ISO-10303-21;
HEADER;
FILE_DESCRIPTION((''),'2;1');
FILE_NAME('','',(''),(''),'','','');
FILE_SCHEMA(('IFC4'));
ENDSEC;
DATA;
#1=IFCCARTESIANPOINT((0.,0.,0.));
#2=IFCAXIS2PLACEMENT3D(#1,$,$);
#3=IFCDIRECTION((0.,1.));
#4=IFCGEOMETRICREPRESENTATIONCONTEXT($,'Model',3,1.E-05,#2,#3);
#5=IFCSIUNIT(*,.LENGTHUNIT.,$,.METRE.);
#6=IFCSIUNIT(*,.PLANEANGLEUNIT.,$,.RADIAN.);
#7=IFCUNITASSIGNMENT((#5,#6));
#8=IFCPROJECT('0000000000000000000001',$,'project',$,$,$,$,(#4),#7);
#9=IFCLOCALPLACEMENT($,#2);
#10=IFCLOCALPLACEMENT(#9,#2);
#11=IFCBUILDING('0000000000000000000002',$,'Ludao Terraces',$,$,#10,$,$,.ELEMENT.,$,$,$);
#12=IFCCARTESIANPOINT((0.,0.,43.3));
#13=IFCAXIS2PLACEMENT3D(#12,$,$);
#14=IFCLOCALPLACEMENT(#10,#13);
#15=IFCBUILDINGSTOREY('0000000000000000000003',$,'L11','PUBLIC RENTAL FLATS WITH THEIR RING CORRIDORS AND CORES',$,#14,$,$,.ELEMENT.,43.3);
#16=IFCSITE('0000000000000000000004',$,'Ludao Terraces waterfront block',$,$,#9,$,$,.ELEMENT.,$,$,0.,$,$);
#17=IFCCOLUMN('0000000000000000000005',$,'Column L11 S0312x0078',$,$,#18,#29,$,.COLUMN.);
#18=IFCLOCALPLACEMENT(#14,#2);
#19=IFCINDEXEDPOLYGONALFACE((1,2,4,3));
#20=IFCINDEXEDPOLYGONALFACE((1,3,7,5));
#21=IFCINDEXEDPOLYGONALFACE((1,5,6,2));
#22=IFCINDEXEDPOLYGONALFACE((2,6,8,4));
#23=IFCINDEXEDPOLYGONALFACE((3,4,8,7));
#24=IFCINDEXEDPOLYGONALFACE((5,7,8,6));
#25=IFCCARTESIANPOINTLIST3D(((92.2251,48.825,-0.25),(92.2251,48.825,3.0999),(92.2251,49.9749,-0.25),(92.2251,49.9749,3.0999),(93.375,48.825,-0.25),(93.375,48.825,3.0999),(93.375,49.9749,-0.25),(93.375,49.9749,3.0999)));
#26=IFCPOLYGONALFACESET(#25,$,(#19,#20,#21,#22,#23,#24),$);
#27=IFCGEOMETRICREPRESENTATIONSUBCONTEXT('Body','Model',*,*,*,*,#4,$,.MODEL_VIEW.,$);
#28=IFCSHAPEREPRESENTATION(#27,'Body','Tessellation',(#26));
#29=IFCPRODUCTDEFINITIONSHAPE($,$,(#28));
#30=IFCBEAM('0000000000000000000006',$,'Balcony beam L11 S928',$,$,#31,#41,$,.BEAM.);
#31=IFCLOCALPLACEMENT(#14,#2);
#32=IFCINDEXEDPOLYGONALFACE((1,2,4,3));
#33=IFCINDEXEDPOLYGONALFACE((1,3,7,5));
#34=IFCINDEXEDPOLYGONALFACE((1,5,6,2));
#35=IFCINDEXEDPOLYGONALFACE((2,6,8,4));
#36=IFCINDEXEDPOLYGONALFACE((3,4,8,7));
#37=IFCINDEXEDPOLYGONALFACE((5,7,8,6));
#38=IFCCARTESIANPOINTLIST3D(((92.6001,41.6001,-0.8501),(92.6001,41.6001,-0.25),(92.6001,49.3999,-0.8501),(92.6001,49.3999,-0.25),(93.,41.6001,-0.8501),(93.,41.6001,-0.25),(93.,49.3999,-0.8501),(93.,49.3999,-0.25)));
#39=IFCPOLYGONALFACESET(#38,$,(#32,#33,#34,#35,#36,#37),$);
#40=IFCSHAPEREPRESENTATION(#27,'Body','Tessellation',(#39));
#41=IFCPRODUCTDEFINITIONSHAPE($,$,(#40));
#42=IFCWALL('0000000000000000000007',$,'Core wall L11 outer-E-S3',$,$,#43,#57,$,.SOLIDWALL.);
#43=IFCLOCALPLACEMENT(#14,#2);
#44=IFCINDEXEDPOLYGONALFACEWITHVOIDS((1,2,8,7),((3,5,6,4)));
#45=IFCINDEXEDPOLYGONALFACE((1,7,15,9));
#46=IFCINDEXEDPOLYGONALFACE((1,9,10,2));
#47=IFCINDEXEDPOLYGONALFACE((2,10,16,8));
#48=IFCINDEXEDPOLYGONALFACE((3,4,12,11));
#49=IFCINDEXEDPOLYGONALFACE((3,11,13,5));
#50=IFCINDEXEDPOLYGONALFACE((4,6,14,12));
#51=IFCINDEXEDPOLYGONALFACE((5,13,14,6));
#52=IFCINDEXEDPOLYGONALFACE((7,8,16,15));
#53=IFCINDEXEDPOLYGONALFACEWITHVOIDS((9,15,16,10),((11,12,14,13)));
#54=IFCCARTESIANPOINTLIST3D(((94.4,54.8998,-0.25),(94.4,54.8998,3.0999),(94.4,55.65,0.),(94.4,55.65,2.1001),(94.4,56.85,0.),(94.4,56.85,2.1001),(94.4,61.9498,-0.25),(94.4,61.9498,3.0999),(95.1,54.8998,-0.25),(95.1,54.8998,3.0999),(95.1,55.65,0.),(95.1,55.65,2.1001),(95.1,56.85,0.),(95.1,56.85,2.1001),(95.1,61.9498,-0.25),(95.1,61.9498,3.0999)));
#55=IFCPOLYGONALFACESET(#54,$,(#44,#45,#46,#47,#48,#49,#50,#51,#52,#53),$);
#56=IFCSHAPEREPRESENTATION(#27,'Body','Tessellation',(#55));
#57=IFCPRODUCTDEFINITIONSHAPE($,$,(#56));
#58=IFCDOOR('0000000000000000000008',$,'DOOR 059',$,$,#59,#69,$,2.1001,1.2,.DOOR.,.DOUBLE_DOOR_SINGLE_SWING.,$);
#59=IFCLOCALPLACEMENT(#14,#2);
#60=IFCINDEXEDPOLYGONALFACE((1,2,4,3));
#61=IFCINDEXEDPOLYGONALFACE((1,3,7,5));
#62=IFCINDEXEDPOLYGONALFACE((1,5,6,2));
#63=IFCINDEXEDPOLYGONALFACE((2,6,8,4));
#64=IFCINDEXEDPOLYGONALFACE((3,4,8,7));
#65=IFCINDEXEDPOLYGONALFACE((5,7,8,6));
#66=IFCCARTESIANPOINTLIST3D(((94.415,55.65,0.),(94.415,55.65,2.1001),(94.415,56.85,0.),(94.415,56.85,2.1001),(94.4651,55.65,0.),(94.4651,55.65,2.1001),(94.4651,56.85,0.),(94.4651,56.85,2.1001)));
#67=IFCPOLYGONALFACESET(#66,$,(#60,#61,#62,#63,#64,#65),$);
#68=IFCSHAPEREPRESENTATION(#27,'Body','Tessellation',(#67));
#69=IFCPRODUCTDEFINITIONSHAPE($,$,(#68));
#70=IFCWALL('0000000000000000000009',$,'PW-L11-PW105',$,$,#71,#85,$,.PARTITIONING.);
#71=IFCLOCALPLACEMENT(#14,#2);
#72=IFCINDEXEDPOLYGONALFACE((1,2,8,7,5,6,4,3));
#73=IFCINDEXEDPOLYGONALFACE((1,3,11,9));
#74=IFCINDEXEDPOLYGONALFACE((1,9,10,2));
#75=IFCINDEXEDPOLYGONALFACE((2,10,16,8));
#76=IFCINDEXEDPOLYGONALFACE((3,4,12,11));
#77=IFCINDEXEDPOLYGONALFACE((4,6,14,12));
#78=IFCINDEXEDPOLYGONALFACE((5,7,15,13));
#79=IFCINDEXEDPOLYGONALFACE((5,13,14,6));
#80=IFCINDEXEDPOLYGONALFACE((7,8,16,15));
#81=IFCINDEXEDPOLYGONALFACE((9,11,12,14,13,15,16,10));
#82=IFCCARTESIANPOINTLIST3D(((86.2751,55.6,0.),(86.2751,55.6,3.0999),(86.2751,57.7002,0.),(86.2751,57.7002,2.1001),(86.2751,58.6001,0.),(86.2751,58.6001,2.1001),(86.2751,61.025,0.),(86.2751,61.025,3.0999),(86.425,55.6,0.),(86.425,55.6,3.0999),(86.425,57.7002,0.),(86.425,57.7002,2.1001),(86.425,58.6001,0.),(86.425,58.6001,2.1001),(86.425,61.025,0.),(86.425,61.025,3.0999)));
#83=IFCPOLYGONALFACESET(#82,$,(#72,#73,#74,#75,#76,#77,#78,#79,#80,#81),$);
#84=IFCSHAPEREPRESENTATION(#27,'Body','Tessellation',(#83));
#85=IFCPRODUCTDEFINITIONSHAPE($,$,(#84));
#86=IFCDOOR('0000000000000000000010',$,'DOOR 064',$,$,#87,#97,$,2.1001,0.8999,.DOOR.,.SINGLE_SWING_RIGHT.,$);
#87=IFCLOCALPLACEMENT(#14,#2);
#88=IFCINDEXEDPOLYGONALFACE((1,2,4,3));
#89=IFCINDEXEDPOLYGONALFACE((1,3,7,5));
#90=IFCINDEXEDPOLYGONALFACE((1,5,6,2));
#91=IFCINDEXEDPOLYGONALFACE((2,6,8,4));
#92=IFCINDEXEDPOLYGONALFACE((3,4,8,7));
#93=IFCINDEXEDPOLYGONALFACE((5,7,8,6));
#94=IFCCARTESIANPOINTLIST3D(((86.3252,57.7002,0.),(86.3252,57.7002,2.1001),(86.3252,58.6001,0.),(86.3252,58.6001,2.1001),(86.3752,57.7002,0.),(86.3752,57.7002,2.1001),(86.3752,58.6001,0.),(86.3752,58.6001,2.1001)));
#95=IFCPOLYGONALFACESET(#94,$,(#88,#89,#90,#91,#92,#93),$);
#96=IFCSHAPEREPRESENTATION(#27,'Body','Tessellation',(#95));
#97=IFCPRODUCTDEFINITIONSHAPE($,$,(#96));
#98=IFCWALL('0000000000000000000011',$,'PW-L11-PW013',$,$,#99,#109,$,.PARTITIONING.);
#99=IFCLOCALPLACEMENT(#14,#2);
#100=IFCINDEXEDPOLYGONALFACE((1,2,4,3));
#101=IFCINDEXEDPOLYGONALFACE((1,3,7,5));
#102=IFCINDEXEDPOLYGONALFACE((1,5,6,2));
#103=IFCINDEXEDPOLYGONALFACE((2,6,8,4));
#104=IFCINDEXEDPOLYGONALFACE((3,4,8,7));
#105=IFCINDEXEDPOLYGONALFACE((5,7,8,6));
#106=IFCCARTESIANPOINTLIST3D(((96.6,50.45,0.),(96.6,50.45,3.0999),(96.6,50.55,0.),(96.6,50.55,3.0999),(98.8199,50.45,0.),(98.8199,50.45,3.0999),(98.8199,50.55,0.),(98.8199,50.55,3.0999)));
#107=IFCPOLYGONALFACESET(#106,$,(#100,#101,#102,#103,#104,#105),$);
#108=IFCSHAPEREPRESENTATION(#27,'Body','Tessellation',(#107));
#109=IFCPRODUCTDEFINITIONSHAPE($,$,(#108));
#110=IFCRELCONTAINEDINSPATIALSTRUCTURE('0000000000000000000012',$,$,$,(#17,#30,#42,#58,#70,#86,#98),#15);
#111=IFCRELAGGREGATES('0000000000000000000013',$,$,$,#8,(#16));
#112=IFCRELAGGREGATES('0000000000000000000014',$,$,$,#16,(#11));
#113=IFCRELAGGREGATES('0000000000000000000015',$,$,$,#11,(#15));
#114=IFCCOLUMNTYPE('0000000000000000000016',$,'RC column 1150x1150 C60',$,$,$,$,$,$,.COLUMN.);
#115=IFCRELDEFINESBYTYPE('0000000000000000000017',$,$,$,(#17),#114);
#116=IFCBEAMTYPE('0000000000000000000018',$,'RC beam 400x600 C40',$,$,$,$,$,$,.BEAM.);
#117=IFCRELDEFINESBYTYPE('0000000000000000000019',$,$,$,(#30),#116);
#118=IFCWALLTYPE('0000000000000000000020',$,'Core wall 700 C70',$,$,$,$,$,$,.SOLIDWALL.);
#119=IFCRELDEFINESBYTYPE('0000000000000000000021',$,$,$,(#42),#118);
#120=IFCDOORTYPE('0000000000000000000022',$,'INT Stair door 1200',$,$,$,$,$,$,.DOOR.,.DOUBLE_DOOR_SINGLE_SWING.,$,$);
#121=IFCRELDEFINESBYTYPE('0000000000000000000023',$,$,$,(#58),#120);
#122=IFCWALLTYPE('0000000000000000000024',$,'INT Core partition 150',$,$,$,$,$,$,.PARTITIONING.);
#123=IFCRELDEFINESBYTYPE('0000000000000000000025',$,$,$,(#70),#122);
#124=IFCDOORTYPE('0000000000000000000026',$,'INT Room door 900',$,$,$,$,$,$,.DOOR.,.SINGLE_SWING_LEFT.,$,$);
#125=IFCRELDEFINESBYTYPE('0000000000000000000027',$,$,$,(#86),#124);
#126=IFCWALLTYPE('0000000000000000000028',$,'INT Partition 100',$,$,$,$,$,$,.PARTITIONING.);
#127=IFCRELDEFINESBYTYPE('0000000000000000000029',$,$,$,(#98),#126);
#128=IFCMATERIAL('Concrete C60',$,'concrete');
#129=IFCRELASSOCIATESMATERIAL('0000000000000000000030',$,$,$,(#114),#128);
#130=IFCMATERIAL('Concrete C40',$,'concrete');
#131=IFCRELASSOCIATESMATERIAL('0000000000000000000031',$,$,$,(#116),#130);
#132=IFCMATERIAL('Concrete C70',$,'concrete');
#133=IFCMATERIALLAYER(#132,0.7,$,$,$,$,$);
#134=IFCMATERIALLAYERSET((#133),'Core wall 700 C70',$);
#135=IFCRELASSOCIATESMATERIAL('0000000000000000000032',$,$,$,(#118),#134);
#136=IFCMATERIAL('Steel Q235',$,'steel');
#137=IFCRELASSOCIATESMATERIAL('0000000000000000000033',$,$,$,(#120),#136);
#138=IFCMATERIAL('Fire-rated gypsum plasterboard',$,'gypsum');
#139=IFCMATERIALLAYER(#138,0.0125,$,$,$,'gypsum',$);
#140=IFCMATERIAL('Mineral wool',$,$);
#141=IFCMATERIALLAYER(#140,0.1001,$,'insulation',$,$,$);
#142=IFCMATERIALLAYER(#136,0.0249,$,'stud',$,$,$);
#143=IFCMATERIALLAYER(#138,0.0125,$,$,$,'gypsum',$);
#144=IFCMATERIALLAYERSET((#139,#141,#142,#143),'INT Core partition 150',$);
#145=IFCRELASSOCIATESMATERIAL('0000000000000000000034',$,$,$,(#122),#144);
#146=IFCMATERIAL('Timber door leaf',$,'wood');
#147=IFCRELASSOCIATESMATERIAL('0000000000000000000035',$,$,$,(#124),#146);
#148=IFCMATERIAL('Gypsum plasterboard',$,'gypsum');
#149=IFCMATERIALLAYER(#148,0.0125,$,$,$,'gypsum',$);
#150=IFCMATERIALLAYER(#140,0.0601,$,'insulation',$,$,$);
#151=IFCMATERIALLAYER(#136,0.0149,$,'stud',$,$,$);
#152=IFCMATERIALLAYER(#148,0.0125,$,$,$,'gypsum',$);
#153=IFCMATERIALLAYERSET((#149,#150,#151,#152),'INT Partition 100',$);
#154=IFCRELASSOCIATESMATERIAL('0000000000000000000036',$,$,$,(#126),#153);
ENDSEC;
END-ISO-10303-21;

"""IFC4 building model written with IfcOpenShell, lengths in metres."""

from ifc_helpers import new_model, si_unit, direction, frame, frame_2d, origin, origin_2d, place, context, subcontext, project, spatial, rectangle, extrude, material, layer, layer_set, material_profile, profile_set, type_object, element, fill, save


model = new_model("IFC4")

# Units and contexts
model_context = context("Model", 3, precision=1e-05, world=origin(), true_north=direction((0.0, 1.0)))
body_context = subcontext(model_context, "Body", "Model", "MODEL_VIEW")
ifc_project = project(units=[si_unit("LENGTHUNIT", "METRE"), si_unit("PLANEANGLEUNIT", "RADIAN")], contexts=[model_context])

# Site, building, storey
site_placement = place(None, origin())
site = spatial("IfcSite", under=ifc_project, at=site_placement, Name="Ludao Terraces waterfront block", CompositionType="ELEMENT", RefElevation=0.0)
building_placement = place(site_placement, origin())
building = spatial("IfcBuilding", under=site, at=building_placement, Name="Ludao Terraces", CompositionType="ELEMENT")
storey_placement = place(building_placement, frame((0.0, 0.0, 43.3)))
storey = spatial("IfcBuildingStorey", under=building, at=storey_placement, Name="L11", Description="PUBLIC RENTAL FLATS WITH THEIR RING CORRIDORS AND CORES", CompositionType="ELEMENT", Elevation=43.3)

# Column
ifc_material_1 = material(Name="Concrete C60", Category="concrete")
ifc_material_profile_1 = material_profile(ifc_material_1, rectangle(XDim=1.1499, YDim=1.1499, at=origin_2d()), Name="1150 X 1150")
ifc_profile_set_1 = profile_set([ifc_material_profile_1], Name="Concrete C60")
column_type = type_object("IfcColumnType", Name="RC column 1150x1150 C60", PredefinedType="COLUMN", material=ifc_profile_set_1)
column_placement = place(storey_placement, frame((92.8, 49.3999, -0.25), z_axis=(0.0, 0.0, 1.0), x_axis=(1.0, 0.0, 0.0)))
element("IfcColumn", 1, at=column_placement, inside=storey, type_object=column_type, Name="Column L11 S0312x0078", PredefinedType="COLUMN", context=body_context, shape_type="SweptSolid", body=[
    extrude(rectangle(XDim=1.1499, YDim=1.1499, at=origin_2d()), origin(), (0.0, 0.0, 1.0), 3.3499),
])

# Beam
ifc_material_2 = material(Name="Concrete C40", Category="concrete")
ifc_material_profile_2 = material_profile(ifc_material_2, rectangle(XDim=0.3999, YDim=0.6001, at=origin_2d()), Name="400 X 600")
ifc_profile_set_2 = profile_set([ifc_material_profile_2], Name="Concrete C40")
beam_type = type_object("IfcBeamType", Name="RC beam 400x600 C40", PredefinedType="BEAM", material=ifc_profile_set_2)
beam_placement = place(storey_placement, frame((92.8, 49.3999, -0.55), z_axis=(0.0, -1.0, 0.0), x_axis=(1.0, 0.0, 0.0)))
element("IfcBeam", 2, at=beam_placement, inside=storey, type_object=beam_type, Name="Balcony beam L11 S928", PredefinedType="BEAM", context=body_context, shape_type="SweptSolid", body=[
    extrude(rectangle(XDim=0.3999, YDim=0.6001, at=origin_2d()), origin(), (0.0, 0.0, 1.0), 7.7998),
])

# Walls, openings, doors
ifc_material_3 = material(Name="Concrete C70", Category="concrete")
ifc_layer_1 = layer(ifc_material_3, 0.7)
ifc_layer_set_1 = layer_set([ifc_layer_1], Name="Core wall 700 C70")
wall_type_1 = type_object("IfcWallType", Name="Core wall 700 C70", PredefinedType="SOLIDWALL", material=ifc_layer_set_1)
wall_1_placement = place(storey_placement, frame((94.75, 54.8999, -0.25), z_axis=(0.0, 0.0, 1.0), x_axis=(0.0, 1.0, 0.0)))
wall_1 = element("IfcWall", 3, at=wall_1_placement, inside=storey, type_object=wall_type_1, Name="Core wall L11 outer-E-S3", PredefinedType="SOLIDWALL", context=body_context, shape_type="SweptSolid", body=[
    extrude(rectangle(XDim=7.05, YDim=0.7, at=frame_2d((3.5249, 0.0))), origin(), (0.0, 0.0, 1.0), 3.3499),
])
opening_1_placement = place(wall_1_placement, frame((0.75, 0.0, 0.25)))
opening_1 = element("IfcOpeningElement", 4, at=opening_1_placement, cuts=wall_1, PredefinedType="OPENING", context=body_context, shape_type="SweptSolid", body=[
    extrude(rectangle(XDim=1.2, YDim=2.1001, at=frame_2d((0.6001, 1.05))), frame((0.0, 0.3599, 0.0), z_axis=(0.0, -1.0, 0.0), x_axis=(1.0, 0.0, 0.0)), (0.0, 0.0, 1.0), 0.72),
])
ifc_material_4 = material(Name="Steel Q235", Category="steel")
door_type_1 = type_object("IfcDoorType", Name="INT Stair door 1200", OperationType="DOUBLE_DOOR_SINGLE_SWING", PredefinedType="DOOR", material=ifc_material_4)
door_1_placement = place(opening_1_placement, origin())
door_1 = element("IfcDoor", 5, at=door_1_placement, inside=storey, type_object=door_type_1, Name="DOOR 059", OperationType="DOUBLE_DOOR_SINGLE_SWING", OverallHeight=2.1001, OverallWidth=1.2, PredefinedType="DOOR", context=body_context, shape_type="SweptSolid", body=[
    extrude(rectangle(XDim=1.2, YDim=2.1001, at=frame_2d((0.6001, 1.05))), frame((0.0, 0.335, 0.0), z_axis=(0.0, -1.0, 0.0), x_axis=(1.0, 0.0, 0.0)), (0.0, 0.0, 1.0), 0.05),
])
fill(opening_1, door_1)
ifc_material_5 = material(Name="Fire-rated gypsum plasterboard", Category="gypsum")
ifc_layer_2 = layer(ifc_material_5, 0.0125, Category="gypsum")
ifc_material_6 = material(Name="Mineral wool")
ifc_layer_3 = layer(ifc_material_6, 0.1001, Name="insulation")
ifc_layer_4 = layer(ifc_material_4, 0.0249, Name="stud")
ifc_layer_5 = layer(ifc_material_5, 0.0125, Category="gypsum")
ifc_layer_set_2 = layer_set([ifc_layer_2, ifc_layer_3, ifc_layer_4, ifc_layer_5], Name="INT Core partition 150")
wall_type_2 = type_object("IfcWallType", Name="INT Core partition 150", PredefinedType="PARTITIONING", material=ifc_layer_set_2)
wall_2_placement = place(storey_placement, frame((86.3501, 55.6001, 0.0), z_axis=(0.0, 0.0, 1.0), x_axis=(0.0, 1.0, 0.0)))
wall_2 = element("IfcWall", 6, at=wall_2_placement, inside=storey, type_object=wall_type_2, Name="PW-L11-PW105", PredefinedType="PARTITIONING", context=body_context, shape_type="SweptSolid", body=[
    extrude(rectangle(XDim=5.425, YDim=0.1499, at=frame_2d((2.7124, 0.0))), origin(), (0.0, 0.0, 1.0), 3.0999),
])
opening_2_placement = place(wall_2_placement, frame((2.1001, 0.0, 0.0)))
opening_2 = element("IfcOpeningElement", 7, at=opening_2_placement, cuts=wall_2, PredefinedType="OPENING", context=body_context, shape_type="SweptSolid", body=[
    extrude(rectangle(XDim=0.8999, YDim=2.1001, at=frame_2d((0.45, 1.05))), frame((0.0, 0.085, 0.0), z_axis=(0.0, -1.0, 0.0), x_axis=(1.0, 0.0, 0.0)), (0.0, 0.0, 1.0), 0.1699),
])
ifc_material_7 = material(Name="Timber door leaf", Category="wood")
door_type_2 = type_object("IfcDoorType", Name="INT Room door 900", OperationType="SINGLE_SWING_LEFT", PredefinedType="DOOR", material=ifc_material_7)
door_2_placement = place(opening_2_placement, origin())
door_2 = element("IfcDoor", 8, at=door_2_placement, inside=storey, type_object=door_type_2, Name="DOOR 064", OperationType="SINGLE_SWING_RIGHT", OverallHeight=2.1001, OverallWidth=0.8999, PredefinedType="DOOR", context=body_context, shape_type="SweptSolid", body=[
    extrude(rectangle(XDim=0.8999, YDim=2.1001, at=frame_2d((0.45, 1.05))), frame((0.0, 0.0249, 0.0), z_axis=(0.0, -1.0, 0.0), x_axis=(1.0, 0.0, 0.0)), (0.0, 0.0, 1.0), 0.05),
])
fill(opening_2, door_2)

# Wall
ifc_material_8 = material(Name="Gypsum plasterboard", Category="gypsum")
ifc_layer_6 = layer(ifc_material_8, 0.0125, Category="gypsum")
ifc_layer_7 = layer(ifc_material_6, 0.0601, Name="insulation")
ifc_layer_8 = layer(ifc_material_4, 0.0149, Name="stud")
ifc_layer_9 = layer(ifc_material_8, 0.0125, Category="gypsum")
ifc_layer_set_3 = layer_set([ifc_layer_6, ifc_layer_7, ifc_layer_8, ifc_layer_9], Name="INT Partition 100")
wall_type_3 = type_object("IfcWallType", Name="INT Partition 100", PredefinedType="PARTITIONING", material=ifc_layer_set_3)
wall_3_placement = place(storey_placement, frame((96.6001, 50.5, 0.0), z_axis=(0.0, 0.0, 1.0), x_axis=(1.0, 0.0, 0.0)))
element("IfcWall", 9, at=wall_3_placement, inside=storey, type_object=wall_type_3, Name="PW-L11-PW013", PredefinedType="PARTITIONING", context=body_context, shape_type="SweptSolid", body=[
    extrude(rectangle(XDim=2.22, YDim=0.1001, at=frame_2d((1.1099, 0.0))), origin(), (0.0, 0.0, 1.0), 3.0999),
])

save(model, "model.ifc")
